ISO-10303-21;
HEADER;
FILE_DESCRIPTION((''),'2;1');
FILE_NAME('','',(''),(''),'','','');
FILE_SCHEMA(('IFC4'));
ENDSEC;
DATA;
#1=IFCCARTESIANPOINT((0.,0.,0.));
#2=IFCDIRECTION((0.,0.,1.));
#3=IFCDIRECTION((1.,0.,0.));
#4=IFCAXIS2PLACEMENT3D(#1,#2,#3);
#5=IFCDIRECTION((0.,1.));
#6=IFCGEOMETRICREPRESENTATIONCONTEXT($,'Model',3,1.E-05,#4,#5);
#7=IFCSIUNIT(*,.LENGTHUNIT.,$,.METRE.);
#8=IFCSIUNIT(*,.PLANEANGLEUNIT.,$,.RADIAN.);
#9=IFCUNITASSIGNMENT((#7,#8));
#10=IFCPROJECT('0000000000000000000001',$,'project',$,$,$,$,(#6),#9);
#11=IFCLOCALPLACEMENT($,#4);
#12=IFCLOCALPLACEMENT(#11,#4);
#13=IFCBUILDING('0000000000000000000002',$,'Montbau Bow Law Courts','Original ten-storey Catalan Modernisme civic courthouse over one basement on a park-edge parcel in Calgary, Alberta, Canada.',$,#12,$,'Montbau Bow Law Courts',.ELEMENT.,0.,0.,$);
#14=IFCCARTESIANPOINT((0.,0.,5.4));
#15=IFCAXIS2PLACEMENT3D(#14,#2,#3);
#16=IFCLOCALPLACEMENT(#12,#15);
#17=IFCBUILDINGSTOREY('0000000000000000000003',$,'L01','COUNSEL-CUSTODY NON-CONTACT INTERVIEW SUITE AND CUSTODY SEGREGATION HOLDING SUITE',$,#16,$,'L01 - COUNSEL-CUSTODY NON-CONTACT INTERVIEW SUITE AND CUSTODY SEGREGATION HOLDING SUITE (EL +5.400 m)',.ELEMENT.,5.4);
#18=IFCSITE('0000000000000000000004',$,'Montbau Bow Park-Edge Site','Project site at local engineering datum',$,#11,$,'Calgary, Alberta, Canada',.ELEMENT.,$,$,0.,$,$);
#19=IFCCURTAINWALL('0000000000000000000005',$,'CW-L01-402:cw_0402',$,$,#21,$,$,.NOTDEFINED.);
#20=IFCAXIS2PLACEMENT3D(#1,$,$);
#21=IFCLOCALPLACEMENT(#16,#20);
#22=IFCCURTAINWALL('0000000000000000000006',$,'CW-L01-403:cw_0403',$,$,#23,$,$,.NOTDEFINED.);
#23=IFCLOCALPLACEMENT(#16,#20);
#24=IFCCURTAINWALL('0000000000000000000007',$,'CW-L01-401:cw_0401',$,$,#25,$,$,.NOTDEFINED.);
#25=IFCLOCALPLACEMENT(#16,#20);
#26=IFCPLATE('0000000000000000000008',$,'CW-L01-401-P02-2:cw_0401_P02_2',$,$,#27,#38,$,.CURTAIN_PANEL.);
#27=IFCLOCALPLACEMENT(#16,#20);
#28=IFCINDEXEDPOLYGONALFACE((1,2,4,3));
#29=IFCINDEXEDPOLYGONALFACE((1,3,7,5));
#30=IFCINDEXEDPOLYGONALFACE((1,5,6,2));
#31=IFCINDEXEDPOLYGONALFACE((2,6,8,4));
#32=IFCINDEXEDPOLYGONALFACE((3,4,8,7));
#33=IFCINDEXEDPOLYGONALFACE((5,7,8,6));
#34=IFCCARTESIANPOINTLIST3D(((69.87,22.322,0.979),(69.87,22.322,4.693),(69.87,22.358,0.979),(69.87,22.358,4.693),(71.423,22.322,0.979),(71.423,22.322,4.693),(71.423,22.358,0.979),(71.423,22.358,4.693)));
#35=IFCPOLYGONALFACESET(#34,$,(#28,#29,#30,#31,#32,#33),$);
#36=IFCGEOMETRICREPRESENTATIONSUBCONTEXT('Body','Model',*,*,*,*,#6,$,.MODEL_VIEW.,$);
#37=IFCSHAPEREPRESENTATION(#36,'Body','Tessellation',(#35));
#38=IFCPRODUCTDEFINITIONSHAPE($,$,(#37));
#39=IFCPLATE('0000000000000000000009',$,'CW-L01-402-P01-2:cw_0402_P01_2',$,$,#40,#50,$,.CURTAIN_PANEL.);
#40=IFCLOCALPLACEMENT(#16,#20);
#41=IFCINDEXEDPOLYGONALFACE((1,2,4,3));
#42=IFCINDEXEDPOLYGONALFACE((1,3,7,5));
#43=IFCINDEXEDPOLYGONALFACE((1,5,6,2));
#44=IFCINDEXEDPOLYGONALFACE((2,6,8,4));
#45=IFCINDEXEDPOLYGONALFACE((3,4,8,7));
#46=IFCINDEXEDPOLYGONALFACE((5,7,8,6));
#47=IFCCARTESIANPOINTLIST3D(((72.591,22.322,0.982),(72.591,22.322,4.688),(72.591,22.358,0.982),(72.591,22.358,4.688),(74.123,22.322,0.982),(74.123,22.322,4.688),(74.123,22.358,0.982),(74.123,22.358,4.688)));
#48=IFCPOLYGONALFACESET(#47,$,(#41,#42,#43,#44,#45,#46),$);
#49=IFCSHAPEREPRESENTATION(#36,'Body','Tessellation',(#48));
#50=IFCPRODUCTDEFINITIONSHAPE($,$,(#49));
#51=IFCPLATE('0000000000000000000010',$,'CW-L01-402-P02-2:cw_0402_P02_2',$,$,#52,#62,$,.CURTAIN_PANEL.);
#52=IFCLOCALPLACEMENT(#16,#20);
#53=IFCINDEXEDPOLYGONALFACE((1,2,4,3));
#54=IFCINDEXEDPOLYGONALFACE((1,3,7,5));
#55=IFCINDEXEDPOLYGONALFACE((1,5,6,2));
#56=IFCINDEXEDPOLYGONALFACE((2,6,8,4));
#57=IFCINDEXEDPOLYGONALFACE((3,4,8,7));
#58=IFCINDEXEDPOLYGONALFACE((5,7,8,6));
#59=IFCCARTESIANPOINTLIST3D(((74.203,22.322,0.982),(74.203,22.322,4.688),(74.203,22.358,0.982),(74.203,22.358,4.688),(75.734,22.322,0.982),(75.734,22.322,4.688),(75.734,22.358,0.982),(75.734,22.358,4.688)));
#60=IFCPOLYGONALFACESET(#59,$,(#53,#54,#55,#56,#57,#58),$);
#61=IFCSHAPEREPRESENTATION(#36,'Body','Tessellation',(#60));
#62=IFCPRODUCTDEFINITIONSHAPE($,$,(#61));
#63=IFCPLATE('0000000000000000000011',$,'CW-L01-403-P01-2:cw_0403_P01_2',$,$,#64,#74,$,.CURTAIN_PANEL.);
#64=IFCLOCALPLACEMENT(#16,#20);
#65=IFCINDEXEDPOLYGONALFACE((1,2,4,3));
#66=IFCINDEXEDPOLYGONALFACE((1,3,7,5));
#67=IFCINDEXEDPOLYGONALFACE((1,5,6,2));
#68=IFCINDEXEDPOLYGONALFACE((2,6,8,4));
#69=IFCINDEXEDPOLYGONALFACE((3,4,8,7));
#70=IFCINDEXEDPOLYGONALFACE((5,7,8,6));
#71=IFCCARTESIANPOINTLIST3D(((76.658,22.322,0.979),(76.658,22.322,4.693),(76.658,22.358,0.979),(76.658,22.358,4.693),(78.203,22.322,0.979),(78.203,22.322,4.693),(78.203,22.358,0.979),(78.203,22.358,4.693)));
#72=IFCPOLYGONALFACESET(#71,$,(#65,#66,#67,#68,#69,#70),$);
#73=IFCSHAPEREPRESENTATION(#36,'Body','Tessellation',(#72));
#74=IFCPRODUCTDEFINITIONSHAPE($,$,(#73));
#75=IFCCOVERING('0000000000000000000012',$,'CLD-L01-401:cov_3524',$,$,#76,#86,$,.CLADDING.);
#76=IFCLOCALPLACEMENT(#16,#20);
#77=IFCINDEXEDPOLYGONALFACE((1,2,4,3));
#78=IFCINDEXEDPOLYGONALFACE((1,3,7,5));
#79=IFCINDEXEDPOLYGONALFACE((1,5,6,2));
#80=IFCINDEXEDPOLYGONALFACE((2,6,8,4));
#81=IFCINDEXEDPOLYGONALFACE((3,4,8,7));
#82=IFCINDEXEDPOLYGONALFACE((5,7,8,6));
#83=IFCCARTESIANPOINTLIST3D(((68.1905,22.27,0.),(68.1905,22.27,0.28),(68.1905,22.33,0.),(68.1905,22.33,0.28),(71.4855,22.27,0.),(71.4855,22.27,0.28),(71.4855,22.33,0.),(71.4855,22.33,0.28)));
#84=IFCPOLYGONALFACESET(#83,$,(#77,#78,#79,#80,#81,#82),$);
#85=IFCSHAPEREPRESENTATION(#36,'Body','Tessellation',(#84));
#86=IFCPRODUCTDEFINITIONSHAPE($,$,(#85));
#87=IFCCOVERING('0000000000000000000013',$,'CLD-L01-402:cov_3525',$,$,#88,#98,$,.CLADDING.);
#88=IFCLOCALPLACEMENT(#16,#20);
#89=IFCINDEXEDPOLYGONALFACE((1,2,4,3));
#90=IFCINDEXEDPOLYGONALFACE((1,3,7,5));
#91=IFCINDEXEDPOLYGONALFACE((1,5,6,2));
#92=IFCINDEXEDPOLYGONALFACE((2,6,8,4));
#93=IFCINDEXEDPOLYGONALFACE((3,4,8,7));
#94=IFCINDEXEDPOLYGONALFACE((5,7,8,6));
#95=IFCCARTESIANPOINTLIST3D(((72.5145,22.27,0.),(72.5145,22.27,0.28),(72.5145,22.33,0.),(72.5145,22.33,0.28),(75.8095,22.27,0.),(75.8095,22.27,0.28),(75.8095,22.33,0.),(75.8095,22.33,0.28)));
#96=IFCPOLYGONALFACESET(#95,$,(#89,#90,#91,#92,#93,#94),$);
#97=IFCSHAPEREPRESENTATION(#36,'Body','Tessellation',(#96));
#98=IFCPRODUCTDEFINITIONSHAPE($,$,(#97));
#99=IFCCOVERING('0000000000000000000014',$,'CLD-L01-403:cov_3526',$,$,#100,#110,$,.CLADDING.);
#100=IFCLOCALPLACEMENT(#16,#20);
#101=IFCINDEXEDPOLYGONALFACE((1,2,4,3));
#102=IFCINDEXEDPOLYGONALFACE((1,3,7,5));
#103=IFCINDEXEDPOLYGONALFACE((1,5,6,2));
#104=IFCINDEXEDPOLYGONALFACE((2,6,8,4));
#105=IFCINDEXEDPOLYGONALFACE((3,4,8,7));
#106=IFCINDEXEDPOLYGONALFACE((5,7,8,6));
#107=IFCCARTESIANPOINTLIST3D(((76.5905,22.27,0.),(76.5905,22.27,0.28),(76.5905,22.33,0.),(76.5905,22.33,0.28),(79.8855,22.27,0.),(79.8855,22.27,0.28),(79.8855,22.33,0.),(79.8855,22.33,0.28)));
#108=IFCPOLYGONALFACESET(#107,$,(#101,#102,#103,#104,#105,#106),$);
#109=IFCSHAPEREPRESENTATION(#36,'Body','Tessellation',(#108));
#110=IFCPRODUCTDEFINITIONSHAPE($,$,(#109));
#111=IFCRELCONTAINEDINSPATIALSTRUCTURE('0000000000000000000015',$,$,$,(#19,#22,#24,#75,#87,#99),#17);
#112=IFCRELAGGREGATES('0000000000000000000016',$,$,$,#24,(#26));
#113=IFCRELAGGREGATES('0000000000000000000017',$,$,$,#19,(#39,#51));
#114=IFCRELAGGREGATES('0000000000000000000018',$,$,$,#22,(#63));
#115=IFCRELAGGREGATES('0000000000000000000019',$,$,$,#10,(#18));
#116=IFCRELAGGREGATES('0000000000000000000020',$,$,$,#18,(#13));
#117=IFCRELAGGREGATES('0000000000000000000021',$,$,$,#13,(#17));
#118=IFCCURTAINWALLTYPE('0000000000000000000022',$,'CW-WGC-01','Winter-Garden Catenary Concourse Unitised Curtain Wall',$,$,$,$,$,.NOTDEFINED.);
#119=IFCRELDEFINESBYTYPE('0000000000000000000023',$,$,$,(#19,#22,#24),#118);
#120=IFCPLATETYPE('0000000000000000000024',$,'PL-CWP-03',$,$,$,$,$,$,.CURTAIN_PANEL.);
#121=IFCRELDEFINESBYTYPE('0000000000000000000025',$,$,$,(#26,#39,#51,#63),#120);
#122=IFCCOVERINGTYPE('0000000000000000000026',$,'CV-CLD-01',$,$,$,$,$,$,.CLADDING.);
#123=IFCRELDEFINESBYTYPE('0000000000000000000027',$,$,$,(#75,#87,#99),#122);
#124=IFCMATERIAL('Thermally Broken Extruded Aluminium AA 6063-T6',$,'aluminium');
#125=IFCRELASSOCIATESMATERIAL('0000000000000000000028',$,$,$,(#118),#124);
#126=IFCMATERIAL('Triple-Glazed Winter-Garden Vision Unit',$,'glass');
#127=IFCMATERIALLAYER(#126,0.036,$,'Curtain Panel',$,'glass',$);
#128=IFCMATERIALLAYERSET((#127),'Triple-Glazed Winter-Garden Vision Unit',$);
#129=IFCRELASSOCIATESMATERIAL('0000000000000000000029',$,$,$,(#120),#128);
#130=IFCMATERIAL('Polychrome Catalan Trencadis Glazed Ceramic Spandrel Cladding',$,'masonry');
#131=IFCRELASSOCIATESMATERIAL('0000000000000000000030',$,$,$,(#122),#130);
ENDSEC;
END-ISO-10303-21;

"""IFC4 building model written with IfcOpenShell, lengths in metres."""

from ifc_helpers import new_model, si_unit, direction, frame, frame_2d, origin_with_axes, origin_2d_with_axis, place, context, subcontext, project, spatial, rectangle, extrude, material, layer, layer_set, type_object, element, aggregate, save


model = new_model("IFC4")

# Units and contexts
model_context = context("Model", 3, precision=1e-05, world=origin_with_axes(), true_north=direction((0.0, 1.0)))
body_context = subcontext(model_context, "Body", "Model", "MODEL_VIEW")
ifc_project = project(units=[si_unit("LENGTHUNIT", "METRE"), si_unit("PLANEANGLEUNIT", "RADIAN")], contexts=[model_context])

# Site, building, storey
site_placement = place(None, origin_with_axes())
site = spatial("IfcSite", under=ifc_project, at=site_placement, Name="Montbau Bow Park-Edge Site", Description="Project site at local engineering datum", LongName="Calgary, Alberta, Canada", CompositionType="ELEMENT", RefElevation=0.0)
building_placement = place(site_placement, origin_with_axes())
building = spatial("IfcBuilding", under=site, at=building_placement, Name="Montbau Bow Law Courts", Description="Original ten-storey Catalan Modernisme civic courthouse over one basement on a park-edge parcel in Calgary, Alberta, Canada.", LongName="Montbau Bow Law Courts", CompositionType="ELEMENT", ElevationOfRefHeight=0.0, ElevationOfTerrain=0.0)
storey_placement = place(building_placement, frame((0.0, 0.0, 5.4), z_axis=(0.0, 0.0, 1.0), x_axis=(1.0, 0.0, 0.0)))
storey = spatial("IfcBuildingStorey", under=building, at=storey_placement, Name="L01", Description="COUNSEL-CUSTODY NON-CONTACT INTERVIEW SUITE AND CUSTODY SEGREGATION HOLDING SUITE", LongName="L01 - COUNSEL-CUSTODY NON-CONTACT INTERVIEW SUITE AND CUSTODY SEGREGATION HOLDING SUITE (EL +5.400 m)", CompositionType="ELEMENT", Elevation=5.4)

# Curtain wall
ifc_material_1 = material(Name="Thermally Broken Extruded Aluminium AA 6063-T6", Category="aluminium")
curtain_wall_type = type_object("IfcCurtainWallType", Name="CW-WGC-01", Description="Winter-Garden Catenary Concourse Unitised Curtain Wall", PredefinedType="NOTDEFINED", material=ifc_material_1)
curtain_wall_1_placement = place(None, frame((72.515, 22.34, 5.4), z_axis=(0.0, 0.0, 1.0), x_axis=(1.0, 0.0, 0.0)))
curtain_wall_1 = element("IfcCurtainWall", 1, at=curtain_wall_1_placement, inside=storey, type_object=curtain_wall_type, Name="CW-L01-402:cw_0402", PredefinedType="NOTDEFINED")

# Curtain wall
curtain_wall_2_placement = place(None, frame((76.59, 22.34, 5.4), z_axis=(0.0, 0.0, 1.0), x_axis=(1.0, 0.0, 0.0)))
curtain_wall_2 = element("IfcCurtainWall", 2, at=curtain_wall_2_placement, inside=storey, type_object=curtain_wall_type, Name="CW-L01-403:cw_0403", PredefinedType="NOTDEFINED")

# Curtain wall
curtain_wall_3_placement = place(None, frame((68.19, 22.34, 5.4), z_axis=(0.0, 0.0, 1.0), x_axis=(1.0, 0.0, 0.0)))
curtain_wall_3 = element("IfcCurtainWall", 3, at=curtain_wall_3_placement, inside=storey, type_object=curtain_wall_type, Name="CW-L01-401:cw_0401", PredefinedType="NOTDEFINED")

# Plates
ifc_material_2 = material(Name="Triple-Glazed Winter-Garden Vision Unit", Category="glass")
ifc_layer_1 = layer(ifc_material_2, 0.036, Name="Curtain Panel", Category="glass")
ifc_layer_set_1 = layer_set([ifc_layer_1], Name="Triple-Glazed Winter-Garden Vision Unit")
plate_type_1 = type_object("IfcPlateType", Name="PL-CWP-03", PredefinedType="CURTAIN_PANEL", material=ifc_layer_set_1)
plate_1_placement = place(None, frame((69.87, 22.34, 6.379), z_axis=(0.0, -1.0, 0.0), x_axis=(1.0, 0.0, 0.0)))
plate_1 = element("IfcPlate", 4, at=plate_1_placement, type_object=plate_type_1, Name="CW-L01-401-P02-2:cw_0401_P02_2", PredefinedType="CURTAIN_PANEL", context=body_context, shape_type="SweptSolid", body=[
    extrude(rectangle(XDim=1.553, YDim=3.714, at=frame_2d((0.7765, 1.857), x_axis=(1.0, 0.0))), frame((0.0, 0.0, -0.018), z_axis=(0.0, 0.0, 1.0), x_axis=(1.0, 0.0, 0.0)), (0.0, 0.0, 1.0), 0.036),
])
aggregate(curtain_wall_3, [plate_1])
plate_2_placement = place(None, frame((72.591, 22.34, 6.382), z_axis=(0.0, -1.0, 0.0), x_axis=(1.0, 0.0, 0.0)))
plate_2 = element("IfcPlate", 5, at=plate_2_placement, type_object=plate_type_1, Name="CW-L01-402-P01-2:cw_0402_P01_2", PredefinedType="CURTAIN_PANEL", context=body_context, shape_type="SweptSolid", body=[
    extrude(rectangle(XDim=1.532, YDim=3.706, at=frame_2d((0.766, 1.853), x_axis=(1.0, 0.0))), frame((0.0, 0.0, -0.018), z_axis=(0.0, 0.0, 1.0), x_axis=(1.0, 0.0, 0.0)), (0.0, 0.0, 1.0), 0.036),
])
plate_3_placement = place(None, frame((74.203, 22.34, 6.382), z_axis=(0.0, -1.0, 0.0), x_axis=(1.0, 0.0, 0.0)))
plate_3 = element("IfcPlate", 6, at=plate_3_placement, type_object=plate_type_1, Name="CW-L01-402-P02-2:cw_0402_P02_2", PredefinedType="CURTAIN_PANEL", context=body_context, shape_type="SweptSolid", body=[
    extrude(rectangle(XDim=1.531, YDim=3.706, at=frame_2d((0.7655, 1.853), x_axis=(1.0, 0.0))), frame((0.0, 0.0, -0.018), z_axis=(0.0, 0.0, 1.0), x_axis=(1.0, 0.0, 0.0)), (0.0, 0.0, 1.0), 0.036),
])
aggregate(curtain_wall_1, [plate_2, plate_3])
plate_4_placement = place(None, frame((76.658, 22.34, 6.379), z_axis=(0.0, -1.0, 0.0), x_axis=(1.0, 0.0, 0.0)))
plate_4 = element("IfcPlate", 7, at=plate_4_placement, type_object=plate_type_1, Name="CW-L01-403-P01-2:cw_0403_P01_2", PredefinedType="CURTAIN_PANEL", context=body_context, shape_type="SweptSolid", body=[
    extrude(rectangle(XDim=1.545, YDim=3.714, at=frame_2d((0.7725, 1.857), x_axis=(1.0, 0.0))), frame((0.0, 0.0, -0.018), z_axis=(0.0, 0.0, 1.0), x_axis=(1.0, 0.0, 0.0)), (0.0, 0.0, 1.0), 0.036),
])
aggregate(curtain_wall_2, [plate_4])

# Coverings
ifc_material_3 = material(Name="Polychrome Catalan Trencadis Glazed Ceramic Spandrel Cladding", Category="masonry")
covering_type = type_object("IfcCoveringType", Name="CV-CLD-01", PredefinedType="CLADDING", material=ifc_material_3)
for number, where, z_axis, x_axis, name in (
    (8, (69.838, 22.3, 5.4), (0.0, 0.0, 1.0), (1.0, 0.0, 0.0), "CLD-L01-401:cov_3524"),
    (9, (74.162, 22.3, 5.4), (0.0, 0.0, 1.0), (1.0, 0.0, 0.0), "CLD-L01-402:cov_3525"),
    (10, (78.238, 22.3, 5.4), (0.0, 0.0, 1.0), (1.0, 0.0, 0.0), "CLD-L01-403:cov_3526"),
):
    element("IfcCovering", number, at=place(None, frame(where, z_axis=z_axis, x_axis=x_axis)), inside=storey, type_object=covering_type, Name=name, PredefinedType="CLADDING", context=body_context, shape_type="SweptSolid", body=[
        extrude(rectangle(XDim=3.295, YDim=0.06, at=origin_2d_with_axis()), origin_with_axes(), (0.0, 0.0, 1.0), 0.28),
    ])

save(model, "model.ifc")
